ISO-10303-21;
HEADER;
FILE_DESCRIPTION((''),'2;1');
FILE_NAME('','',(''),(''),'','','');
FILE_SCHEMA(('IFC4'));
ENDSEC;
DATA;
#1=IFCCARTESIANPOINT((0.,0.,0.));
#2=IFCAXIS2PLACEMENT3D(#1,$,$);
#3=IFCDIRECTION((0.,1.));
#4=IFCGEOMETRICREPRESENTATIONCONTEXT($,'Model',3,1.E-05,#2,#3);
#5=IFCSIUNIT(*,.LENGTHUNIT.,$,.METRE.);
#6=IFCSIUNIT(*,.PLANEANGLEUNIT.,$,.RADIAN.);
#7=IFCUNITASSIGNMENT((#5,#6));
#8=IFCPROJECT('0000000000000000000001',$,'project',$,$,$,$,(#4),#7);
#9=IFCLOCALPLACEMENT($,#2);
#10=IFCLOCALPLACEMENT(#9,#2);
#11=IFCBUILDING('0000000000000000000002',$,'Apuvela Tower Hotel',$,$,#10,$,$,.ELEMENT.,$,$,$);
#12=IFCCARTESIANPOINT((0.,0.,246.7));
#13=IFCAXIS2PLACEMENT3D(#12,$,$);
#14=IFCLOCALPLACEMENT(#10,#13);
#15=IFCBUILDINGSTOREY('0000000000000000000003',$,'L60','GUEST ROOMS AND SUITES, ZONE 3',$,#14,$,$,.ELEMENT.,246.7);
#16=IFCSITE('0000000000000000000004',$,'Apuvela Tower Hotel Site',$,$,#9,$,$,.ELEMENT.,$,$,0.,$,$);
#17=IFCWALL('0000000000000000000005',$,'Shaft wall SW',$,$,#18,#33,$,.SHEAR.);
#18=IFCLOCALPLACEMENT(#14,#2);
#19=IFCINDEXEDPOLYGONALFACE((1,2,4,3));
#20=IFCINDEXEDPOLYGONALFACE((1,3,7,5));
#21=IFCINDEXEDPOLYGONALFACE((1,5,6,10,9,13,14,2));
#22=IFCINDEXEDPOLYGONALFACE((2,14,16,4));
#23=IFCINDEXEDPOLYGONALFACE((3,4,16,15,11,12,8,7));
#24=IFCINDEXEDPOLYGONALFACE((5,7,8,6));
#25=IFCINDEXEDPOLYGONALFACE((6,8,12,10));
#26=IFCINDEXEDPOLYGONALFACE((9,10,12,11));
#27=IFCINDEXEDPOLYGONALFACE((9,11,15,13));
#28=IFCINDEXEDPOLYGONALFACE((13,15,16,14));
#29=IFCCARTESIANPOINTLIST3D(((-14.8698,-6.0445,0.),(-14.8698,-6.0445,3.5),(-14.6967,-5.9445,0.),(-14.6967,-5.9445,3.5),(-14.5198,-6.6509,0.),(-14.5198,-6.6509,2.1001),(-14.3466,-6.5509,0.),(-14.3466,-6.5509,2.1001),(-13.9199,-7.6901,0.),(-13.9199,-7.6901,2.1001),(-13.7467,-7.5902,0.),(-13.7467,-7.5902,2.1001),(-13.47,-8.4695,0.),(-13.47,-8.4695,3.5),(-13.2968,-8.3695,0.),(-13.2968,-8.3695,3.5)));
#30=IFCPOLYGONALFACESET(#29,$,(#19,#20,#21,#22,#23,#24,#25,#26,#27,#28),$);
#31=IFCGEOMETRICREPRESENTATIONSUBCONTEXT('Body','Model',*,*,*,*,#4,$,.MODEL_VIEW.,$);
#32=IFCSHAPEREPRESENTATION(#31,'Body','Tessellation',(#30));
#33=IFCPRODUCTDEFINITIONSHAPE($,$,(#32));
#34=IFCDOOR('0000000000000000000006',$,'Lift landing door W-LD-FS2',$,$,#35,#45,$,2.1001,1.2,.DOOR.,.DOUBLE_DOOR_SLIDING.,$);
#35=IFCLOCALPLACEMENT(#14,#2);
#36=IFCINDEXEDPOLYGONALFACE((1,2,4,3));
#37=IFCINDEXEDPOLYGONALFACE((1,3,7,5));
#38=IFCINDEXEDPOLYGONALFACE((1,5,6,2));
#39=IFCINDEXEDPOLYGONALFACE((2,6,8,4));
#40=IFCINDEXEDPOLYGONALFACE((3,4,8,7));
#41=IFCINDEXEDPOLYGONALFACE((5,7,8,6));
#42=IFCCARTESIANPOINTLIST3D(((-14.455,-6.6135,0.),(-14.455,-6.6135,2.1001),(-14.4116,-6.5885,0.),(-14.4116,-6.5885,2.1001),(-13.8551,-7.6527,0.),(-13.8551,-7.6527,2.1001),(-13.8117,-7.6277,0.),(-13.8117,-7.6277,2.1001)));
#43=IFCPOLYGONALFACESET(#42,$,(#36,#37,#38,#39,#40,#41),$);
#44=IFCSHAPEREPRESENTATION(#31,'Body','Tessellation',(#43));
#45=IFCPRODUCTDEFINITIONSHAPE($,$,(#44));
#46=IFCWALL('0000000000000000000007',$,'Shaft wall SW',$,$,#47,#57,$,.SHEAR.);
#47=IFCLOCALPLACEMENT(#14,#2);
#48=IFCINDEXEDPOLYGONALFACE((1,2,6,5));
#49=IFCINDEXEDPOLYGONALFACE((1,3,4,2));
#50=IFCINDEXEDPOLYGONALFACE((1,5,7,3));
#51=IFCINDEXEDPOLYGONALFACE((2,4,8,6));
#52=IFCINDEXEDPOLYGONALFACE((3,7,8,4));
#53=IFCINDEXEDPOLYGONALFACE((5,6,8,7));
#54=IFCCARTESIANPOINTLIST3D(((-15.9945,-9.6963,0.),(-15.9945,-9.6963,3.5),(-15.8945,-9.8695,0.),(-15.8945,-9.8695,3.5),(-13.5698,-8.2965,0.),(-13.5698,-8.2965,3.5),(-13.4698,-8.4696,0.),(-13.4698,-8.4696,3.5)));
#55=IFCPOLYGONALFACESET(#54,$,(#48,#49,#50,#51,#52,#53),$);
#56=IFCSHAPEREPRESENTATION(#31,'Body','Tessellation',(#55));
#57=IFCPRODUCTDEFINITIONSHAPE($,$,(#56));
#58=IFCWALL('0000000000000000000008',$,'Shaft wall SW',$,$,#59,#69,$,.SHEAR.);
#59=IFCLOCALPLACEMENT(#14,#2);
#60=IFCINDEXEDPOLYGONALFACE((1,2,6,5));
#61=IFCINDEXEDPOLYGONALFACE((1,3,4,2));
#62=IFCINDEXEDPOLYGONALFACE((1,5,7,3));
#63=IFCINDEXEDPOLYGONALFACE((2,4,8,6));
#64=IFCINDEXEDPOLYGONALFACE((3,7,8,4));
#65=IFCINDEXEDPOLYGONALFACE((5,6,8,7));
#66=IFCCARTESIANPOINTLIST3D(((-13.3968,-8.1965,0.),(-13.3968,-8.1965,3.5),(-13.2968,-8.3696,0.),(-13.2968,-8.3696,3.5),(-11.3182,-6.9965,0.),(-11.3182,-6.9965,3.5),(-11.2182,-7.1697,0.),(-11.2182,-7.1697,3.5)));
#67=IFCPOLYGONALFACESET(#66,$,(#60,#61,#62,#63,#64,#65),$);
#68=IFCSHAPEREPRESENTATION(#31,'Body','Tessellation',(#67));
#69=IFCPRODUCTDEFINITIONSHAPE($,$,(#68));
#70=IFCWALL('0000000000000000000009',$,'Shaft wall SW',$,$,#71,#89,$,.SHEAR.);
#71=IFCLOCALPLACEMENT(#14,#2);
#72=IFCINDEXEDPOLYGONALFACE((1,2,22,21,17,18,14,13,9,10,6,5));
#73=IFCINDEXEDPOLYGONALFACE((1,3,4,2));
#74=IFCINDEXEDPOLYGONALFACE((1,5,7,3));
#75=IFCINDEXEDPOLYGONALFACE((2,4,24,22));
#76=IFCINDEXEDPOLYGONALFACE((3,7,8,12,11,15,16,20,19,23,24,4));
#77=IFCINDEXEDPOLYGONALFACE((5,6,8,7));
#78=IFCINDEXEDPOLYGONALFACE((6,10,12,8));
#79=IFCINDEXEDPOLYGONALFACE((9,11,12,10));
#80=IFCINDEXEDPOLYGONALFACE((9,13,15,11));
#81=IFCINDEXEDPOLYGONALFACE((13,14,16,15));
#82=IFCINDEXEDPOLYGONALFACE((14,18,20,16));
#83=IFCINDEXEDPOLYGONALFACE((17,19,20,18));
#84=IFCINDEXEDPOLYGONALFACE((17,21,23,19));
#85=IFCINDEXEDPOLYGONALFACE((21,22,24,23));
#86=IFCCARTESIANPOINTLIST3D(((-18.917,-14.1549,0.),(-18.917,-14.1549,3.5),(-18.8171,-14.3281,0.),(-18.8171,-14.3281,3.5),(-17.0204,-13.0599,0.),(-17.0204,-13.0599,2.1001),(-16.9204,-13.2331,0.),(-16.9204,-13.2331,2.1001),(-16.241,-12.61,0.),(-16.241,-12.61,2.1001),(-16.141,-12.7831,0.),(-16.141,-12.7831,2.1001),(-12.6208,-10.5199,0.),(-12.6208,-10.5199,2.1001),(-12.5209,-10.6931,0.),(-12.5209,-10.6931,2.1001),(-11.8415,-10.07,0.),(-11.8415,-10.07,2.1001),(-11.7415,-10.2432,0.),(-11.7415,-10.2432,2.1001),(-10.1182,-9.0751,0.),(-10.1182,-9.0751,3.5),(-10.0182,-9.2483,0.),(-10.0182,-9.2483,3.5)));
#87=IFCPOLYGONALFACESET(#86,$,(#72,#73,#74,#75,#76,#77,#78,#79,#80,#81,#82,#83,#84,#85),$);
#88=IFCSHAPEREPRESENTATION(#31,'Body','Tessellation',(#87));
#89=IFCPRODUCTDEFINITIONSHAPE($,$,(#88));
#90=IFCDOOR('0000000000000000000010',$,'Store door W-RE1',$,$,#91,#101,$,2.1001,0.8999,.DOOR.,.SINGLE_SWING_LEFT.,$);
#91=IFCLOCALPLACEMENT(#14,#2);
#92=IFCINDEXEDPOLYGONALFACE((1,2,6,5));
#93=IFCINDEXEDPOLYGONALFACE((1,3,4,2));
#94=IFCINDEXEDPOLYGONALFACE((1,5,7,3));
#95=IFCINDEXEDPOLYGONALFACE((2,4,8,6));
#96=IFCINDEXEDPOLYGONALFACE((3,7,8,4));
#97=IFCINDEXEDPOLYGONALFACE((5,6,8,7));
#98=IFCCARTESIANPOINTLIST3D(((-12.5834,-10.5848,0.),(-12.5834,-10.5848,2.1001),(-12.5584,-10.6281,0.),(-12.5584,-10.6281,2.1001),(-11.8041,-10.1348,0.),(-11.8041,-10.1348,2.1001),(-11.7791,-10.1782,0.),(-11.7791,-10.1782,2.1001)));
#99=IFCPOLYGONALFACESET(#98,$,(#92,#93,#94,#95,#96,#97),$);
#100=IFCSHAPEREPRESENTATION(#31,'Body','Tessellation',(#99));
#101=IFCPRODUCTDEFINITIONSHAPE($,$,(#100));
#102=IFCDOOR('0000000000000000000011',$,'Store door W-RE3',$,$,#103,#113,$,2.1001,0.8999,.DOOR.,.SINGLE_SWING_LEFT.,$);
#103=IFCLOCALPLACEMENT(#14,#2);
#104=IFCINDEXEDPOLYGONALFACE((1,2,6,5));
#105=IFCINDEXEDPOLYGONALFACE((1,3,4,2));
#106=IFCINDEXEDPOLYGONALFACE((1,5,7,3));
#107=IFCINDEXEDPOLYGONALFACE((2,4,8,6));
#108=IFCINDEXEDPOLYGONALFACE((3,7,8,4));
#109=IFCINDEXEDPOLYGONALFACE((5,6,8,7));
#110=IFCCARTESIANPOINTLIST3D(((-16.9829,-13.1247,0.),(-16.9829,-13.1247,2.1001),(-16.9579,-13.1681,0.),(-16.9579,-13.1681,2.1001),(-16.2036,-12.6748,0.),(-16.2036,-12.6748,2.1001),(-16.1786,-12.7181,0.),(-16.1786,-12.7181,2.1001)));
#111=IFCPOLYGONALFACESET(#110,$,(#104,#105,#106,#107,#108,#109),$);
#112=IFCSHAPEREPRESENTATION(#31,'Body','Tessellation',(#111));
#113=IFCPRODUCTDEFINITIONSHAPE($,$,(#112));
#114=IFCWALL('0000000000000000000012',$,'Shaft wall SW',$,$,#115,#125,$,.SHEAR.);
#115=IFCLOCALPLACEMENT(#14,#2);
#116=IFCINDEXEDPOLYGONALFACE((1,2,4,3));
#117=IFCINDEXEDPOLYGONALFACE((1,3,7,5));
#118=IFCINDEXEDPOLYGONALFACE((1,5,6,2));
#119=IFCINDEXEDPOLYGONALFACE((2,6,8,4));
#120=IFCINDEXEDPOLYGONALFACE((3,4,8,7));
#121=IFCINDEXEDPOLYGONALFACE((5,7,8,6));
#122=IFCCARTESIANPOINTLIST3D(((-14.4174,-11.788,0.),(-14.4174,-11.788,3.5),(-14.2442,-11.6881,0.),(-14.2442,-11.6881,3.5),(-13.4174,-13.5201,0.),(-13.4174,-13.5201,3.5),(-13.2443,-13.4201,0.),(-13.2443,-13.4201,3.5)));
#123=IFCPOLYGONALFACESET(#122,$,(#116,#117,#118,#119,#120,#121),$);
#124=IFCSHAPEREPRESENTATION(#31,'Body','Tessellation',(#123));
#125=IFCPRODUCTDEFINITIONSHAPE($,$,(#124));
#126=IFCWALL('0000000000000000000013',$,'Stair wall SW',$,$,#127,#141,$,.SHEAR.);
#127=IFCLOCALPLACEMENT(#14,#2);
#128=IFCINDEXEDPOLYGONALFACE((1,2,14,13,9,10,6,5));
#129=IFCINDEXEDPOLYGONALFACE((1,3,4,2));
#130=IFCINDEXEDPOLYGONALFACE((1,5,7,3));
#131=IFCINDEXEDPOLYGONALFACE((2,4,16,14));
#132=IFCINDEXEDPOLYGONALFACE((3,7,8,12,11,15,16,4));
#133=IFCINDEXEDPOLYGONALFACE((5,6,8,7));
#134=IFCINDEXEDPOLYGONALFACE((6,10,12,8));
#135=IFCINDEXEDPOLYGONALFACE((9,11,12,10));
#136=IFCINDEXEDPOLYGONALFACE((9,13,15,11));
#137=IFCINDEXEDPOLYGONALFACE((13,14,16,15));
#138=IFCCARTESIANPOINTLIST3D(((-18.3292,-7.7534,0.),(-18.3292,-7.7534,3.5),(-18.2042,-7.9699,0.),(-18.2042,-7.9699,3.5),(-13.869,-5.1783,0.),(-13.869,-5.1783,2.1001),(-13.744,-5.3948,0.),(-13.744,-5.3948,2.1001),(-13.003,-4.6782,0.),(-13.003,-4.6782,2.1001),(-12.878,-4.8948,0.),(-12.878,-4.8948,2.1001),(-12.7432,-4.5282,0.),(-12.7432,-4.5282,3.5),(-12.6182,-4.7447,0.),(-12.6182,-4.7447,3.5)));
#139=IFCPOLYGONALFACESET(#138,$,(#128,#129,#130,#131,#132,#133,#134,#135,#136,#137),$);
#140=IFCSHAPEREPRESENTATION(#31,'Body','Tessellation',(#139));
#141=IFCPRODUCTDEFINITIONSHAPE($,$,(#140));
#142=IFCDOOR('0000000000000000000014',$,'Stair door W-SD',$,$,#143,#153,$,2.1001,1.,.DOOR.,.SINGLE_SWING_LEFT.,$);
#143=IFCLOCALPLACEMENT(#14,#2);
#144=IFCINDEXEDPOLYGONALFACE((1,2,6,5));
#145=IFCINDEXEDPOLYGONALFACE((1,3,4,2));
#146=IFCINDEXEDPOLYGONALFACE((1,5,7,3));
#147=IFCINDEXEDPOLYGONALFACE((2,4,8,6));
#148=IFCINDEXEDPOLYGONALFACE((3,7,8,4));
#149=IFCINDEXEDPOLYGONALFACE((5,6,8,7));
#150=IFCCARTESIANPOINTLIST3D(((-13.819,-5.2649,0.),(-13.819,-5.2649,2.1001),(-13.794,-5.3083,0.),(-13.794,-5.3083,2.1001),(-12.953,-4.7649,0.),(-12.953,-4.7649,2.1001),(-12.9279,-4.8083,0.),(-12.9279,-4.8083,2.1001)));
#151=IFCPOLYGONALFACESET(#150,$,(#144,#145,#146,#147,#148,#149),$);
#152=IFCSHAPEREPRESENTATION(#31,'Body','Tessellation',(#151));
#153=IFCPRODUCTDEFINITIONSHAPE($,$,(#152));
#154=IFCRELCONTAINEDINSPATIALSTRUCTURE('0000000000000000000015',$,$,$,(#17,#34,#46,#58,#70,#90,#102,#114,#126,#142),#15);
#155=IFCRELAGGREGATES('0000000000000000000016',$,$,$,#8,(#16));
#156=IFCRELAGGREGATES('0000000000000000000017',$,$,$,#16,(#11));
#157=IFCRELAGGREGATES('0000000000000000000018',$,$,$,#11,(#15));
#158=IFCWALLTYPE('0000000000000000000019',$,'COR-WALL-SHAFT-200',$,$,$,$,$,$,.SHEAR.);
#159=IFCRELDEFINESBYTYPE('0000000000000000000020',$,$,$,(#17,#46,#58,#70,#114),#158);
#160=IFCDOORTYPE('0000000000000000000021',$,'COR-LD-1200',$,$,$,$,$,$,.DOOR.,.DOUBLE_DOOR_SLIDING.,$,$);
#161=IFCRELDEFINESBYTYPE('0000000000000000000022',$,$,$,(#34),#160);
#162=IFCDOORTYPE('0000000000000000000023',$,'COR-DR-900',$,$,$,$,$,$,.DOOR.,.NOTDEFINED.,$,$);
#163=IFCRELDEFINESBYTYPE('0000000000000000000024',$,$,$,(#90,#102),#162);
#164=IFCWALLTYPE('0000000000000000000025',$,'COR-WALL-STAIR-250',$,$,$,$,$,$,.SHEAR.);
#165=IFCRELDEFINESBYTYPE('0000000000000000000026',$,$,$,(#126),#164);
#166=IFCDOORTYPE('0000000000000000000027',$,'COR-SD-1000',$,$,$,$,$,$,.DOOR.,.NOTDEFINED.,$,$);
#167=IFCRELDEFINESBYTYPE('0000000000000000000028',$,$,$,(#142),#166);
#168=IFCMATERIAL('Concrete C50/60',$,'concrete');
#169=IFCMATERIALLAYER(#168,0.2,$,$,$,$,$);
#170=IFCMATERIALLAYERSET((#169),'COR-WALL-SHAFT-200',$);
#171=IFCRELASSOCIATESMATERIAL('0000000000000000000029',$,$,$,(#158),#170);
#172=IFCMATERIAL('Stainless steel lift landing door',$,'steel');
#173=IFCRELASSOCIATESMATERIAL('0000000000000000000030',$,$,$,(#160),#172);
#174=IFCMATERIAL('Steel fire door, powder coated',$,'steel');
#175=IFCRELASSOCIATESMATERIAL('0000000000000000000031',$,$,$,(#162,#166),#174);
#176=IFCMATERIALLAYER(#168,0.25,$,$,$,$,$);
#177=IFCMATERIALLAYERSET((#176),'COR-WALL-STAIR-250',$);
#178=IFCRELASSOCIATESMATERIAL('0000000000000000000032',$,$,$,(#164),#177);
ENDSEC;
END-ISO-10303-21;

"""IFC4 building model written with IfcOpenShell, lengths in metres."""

from ifc_helpers import new_model, si_unit, direction, frame, frame_2d, origin, place, context, subcontext, project, spatial, rectangle, extrude, material, layer, layer_set, type_object, element, fill, save


model = new_model("IFC4")

# Units and contexts
model_context = context("Model", 3, precision=1e-05, world=origin(), true_north=direction((0.0, 1.0)))
body_context = subcontext(model_context, "Body", "Model", "MODEL_VIEW")
ifc_project = project(units=[si_unit("LENGTHUNIT", "METRE"), si_unit("PLANEANGLEUNIT", "RADIAN")], contexts=[model_context])

# Site, building, storey
site_placement = place(None, origin())
site = spatial("IfcSite", under=ifc_project, at=site_placement, Name="Apuvela Tower Hotel Site", CompositionType="ELEMENT", RefElevation=0.0)
building_placement = place(site_placement, origin())
building = spatial("IfcBuilding", under=site, at=building_placement, Name="Apuvela Tower Hotel", CompositionType="ELEMENT")
storey_placement = place(building_placement, frame((0.0, 0.0, 246.7)))
storey = spatial("IfcBuildingStorey", under=building, at=storey_placement, Name="L60", Description="GUEST ROOMS AND SUITES, ZONE 3", CompositionType="ELEMENT", Elevation=246.7)

# Shared definitions
ifc_material_1 = material(Name="Concrete C50/60", Category="concrete")
ifc_material_2 = material(Name="Steel fire door, powder coated", Category="steel")

# Wall, opening, door
ifc_layer_1 = layer(ifc_material_1, 0.2)
ifc_layer_set_1 = layer_set([ifc_layer_1], Name="COR-WALL-SHAFT-200")
wall_type_1 = type_object("IfcWallType", Name="COR-WALL-SHAFT-200", PredefinedType="SHEAR", material=ifc_layer_set_1)
wall_1_placement = place(storey_placement, frame((-14.7832, -5.9946, 0.0), z_axis=(0.0, 0.0, 1.0), x_axis=(0.499946, -0.866056, 0.0)))
wall_1 = element("IfcWall", 1, at=wall_1_placement, inside=storey, type_object=wall_type_1, Name="Shaft wall SW", PredefinedType="SHEAR", context=body_context, shape_type="SweptSolid", body=[
    extrude(rectangle(XDim=2.8, YDim=0.2, at=frame_2d((1.3999, 0.0))), origin(), (0.0, 0.0, 1.0), 3.5),
])
opening_1_placement = place(wall_1_placement, frame((0.7, 0.0, 0.0)))
opening_1 = element("IfcOpeningElement", 2, at=opening_1_placement, cuts=wall_1, PredefinedType="OPENING", context=body_context, shape_type="SweptSolid", body=[
    extrude(rectangle(XDim=1.2, YDim=2.1001, at=frame_2d((0.6001, 1.05))), frame((0.0, 0.1099, 0.0), z_axis=(0.0, -1.0, 0.0), x_axis=(1.0, 0.0, 0.0)), (0.0, 0.0, 1.0), 0.22),
])
ifc_material_3 = material(Name="Stainless steel lift landing door", Category="steel")
door_type_1 = type_object("IfcDoorType", Name="COR-LD-1200", OperationType="DOUBLE_DOOR_SLIDING", PredefinedType="DOOR", material=ifc_material_3)
door_1_placement = place(opening_1_placement, origin())
door_1 = element("IfcDoor", 3, at=door_1_placement, inside=storey, type_object=door_type_1, Name="Lift landing door W-LD-FS2", OperationType="DOUBLE_DOOR_SLIDING", OverallHeight=2.1001, OverallWidth=1.2, PredefinedType="DOOR", context=body_context, shape_type="SweptSolid", body=[
    extrude(rectangle(XDim=1.2, YDim=2.1001, at=frame_2d((0.6001, 1.05))), frame((0.0, 0.0249, 0.0), z_axis=(0.0, -1.0, 0.0), x_axis=(1.0, 0.0, 0.0)), (0.0, 0.0, 1.0), 0.05),
])
fill(opening_1, door_1)

# Walls
wall_2_placement = place(storey_placement, frame((-13.5198, -8.3831, 0.0), z_axis=(0.0, 0.0, 1.0), x_axis=(-0.866035, -0.499984, 0.0)))
element("IfcWall", 4, at=wall_2_placement, inside=storey, type_object=wall_type_1, Name="Shaft wall SW", PredefinedType="SHEAR", context=body_context, shape_type="SweptSolid", body=[
    extrude(rectangle(XDim=2.7998, YDim=0.2, at=frame_2d((1.3999, 0.0))), origin(), (0.0, 0.0, 1.0), 3.5),
])
wall_3_placement = place(storey_placement, frame((-11.2681, -7.083, 0.0), z_axis=(0.0, 0.0, 1.0), x_axis=(-0.86605, -0.499957, 0.0)))
element("IfcWall", 5, at=wall_3_placement, inside=storey, type_object=wall_type_1, Name="Shaft wall SW", PredefinedType="SHEAR", context=body_context, shape_type="SweptSolid", body=[
    extrude(rectangle(XDim=2.4001, YDim=0.2, at=frame_2d((1.2002, 0.0))), origin(), (0.0, 0.0, 1.0), 3.5),
])

# Wall, openings, doors
wall_4_placement = place(storey_placement, frame((-10.0681, -9.1616, 0.0), z_axis=(0.0, 0.0, 1.0), x_axis=(-0.866033, -0.499987, 0.0)))
wall_4 = element("IfcWall", 6, at=wall_4_placement, inside=storey, type_object=wall_type_1, Name="Shaft wall SW", PredefinedType="SHEAR", context=body_context, shape_type="SweptSolid", body=[
    extrude(rectangle(XDim=10.1599, YDim=0.2, at=frame_2d((5.0801, 0.0))), origin(), (0.0, 0.0, 1.0), 3.5),
])
opening_2_placement = place(wall_4_placement, frame((1.99, 0.0, 0.0)))
opening_2 = element("IfcOpeningElement", 7, at=opening_2_placement, cuts=wall_4, PredefinedType="OPENING", context=body_context, shape_type="SweptSolid", body=[
    extrude(rectangle(XDim=0.8999, YDim=2.1001, at=frame_2d((0.45, 1.05))), frame((0.0, 0.1099, 0.0), z_axis=(0.0, -1.0, 0.0), x_axis=(1.0, 0.0, 0.0)), (0.0, 0.0, 1.0), 0.22),
])
opening_3_placement = place(wall_4_placement, frame((7.0701, 0.0, 0.0)))
opening_3 = element("IfcOpeningElement", 8, at=opening_3_placement, cuts=wall_4, PredefinedType="OPENING", context=body_context, shape_type="SweptSolid", body=[
    extrude(rectangle(XDim=0.8999, YDim=2.1001, at=frame_2d((0.45, 1.05))), frame((0.0, 0.1099, 0.0), z_axis=(0.0, -1.0, 0.0), x_axis=(1.0, 0.0, 0.0)), (0.0, 0.0, 1.0), 0.22),
])
door_type_2 = type_object("IfcDoorType", Name="COR-DR-900", OperationType="NOTDEFINED", PredefinedType="DOOR", material=ifc_material_2)
door_2_placement = place(opening_2_placement, origin())
door_2 = element("IfcDoor", 9, at=door_2_placement, inside=storey, type_object=door_type_2, Name="Store door W-RE1", OperationType="SINGLE_SWING_LEFT", OverallHeight=2.1001, OverallWidth=0.8999, PredefinedType="DOOR", context=body_context, shape_type="SweptSolid", body=[
    extrude(rectangle(XDim=0.8999, YDim=2.1001, at=frame_2d((0.45, 1.05))), frame((0.0, 0.0249, 0.0), z_axis=(0.0, -1.0, 0.0), x_axis=(1.0, 0.0, 0.0)), (0.0, 0.0, 1.0), 0.05),
])
fill(opening_2, door_2)
door_3_placement = place(opening_3_placement, origin())
door_3 = element("IfcDoor", 10, at=door_3_placement, inside=storey, type_object=door_type_2, Name="Store door W-RE3", OperationType="SINGLE_SWING_LEFT", OverallHeight=2.1001, OverallWidth=0.8999, PredefinedType="DOOR", context=body_context, shape_type="SweptSolid", body=[
    extrude(rectangle(XDim=0.8999, YDim=2.1001, at=frame_2d((0.45, 1.05))), frame((0.0, 0.0249, 0.0), z_axis=(0.0, -1.0, 0.0), x_axis=(1.0, 0.0, 0.0)), (0.0, 0.0, 1.0), 0.05),
])
fill(opening_3, door_3)

# Wall
wall_5_placement = place(storey_placement, frame((-14.3308, -11.738, 0.0), z_axis=(0.0, 0.0, 1.0), x_axis=(0.499973, -0.866041, 0.0)))
element("IfcWall", 11, at=wall_5_placement, inside=storey, type_object=wall_type_1, Name="Shaft wall SW", PredefinedType="SHEAR", context=body_context, shape_type="SweptSolid", body=[
    extrude(rectangle(XDim=2.0, YDim=0.2, at=frame_2d((1.0, 0.0))), origin(), (0.0, 0.0, 1.0), 3.5),
])

# Wall, opening, door
ifc_layer_2 = layer(ifc_material_1, 0.25)
ifc_layer_set_2 = layer_set([ifc_layer_2], Name="COR-WALL-STAIR-250")
wall_type_2 = type_object("IfcWallType", Name="COR-WALL-STAIR-250", PredefinedType="SHEAR", material=ifc_layer_set_2)
wall_6_placement = place(storey_placement, frame((-12.6807, -4.6365, 0.0), z_axis=(0.0, 0.0, 1.0), x_axis=(-0.866022, -0.500006, 0.0)))
wall_6 = element("IfcWall", 12, at=wall_6_placement, inside=storey, type_object=wall_type_2, Name="Stair wall SW", PredefinedType="SHEAR", context=body_context, shape_type="SweptSolid", body=[
    extrude(rectangle(XDim=6.4502, YDim=0.25, at=frame_2d((3.2251, 0.0))), origin(), (0.0, 0.0, 1.0), 3.5),
])
opening_4_placement = place(wall_6_placement, frame((0.3, 0.0, 0.0)))
opening_4 = element("IfcOpeningElement", 13, at=opening_4_placement, cuts=wall_6, PredefinedType="OPENING", context=body_context, shape_type="SweptSolid", body=[
    extrude(rectangle(XDim=1.0, YDim=2.1001, at=frame_2d((0.5, 1.05))), frame((0.0, 0.135, 0.0), z_axis=(0.0, -1.0, 0.0), x_axis=(1.0, 0.0, 0.0)), (0.0, 0.0, 1.0), 0.27),
])
door_type_3 = type_object("IfcDoorType", Name="COR-SD-1000", OperationType="NOTDEFINED", PredefinedType="DOOR", material=ifc_material_2)
door_4_placement = place(opening_4_placement, frame((1.0, 0.0, 0.0), z_axis=(0.0, 0.0, 1.0), x_axis=(-1.0, 0.0, 0.0)))
door_4 = element("IfcDoor", 14, at=door_4_placement, inside=storey, type_object=door_type_3, Name="Stair door W-SD", OperationType="SINGLE_SWING_LEFT", OverallHeight=2.1001, OverallWidth=1.0, PredefinedType="DOOR", context=body_context, shape_type="SweptSolid", body=[
    extrude(rectangle(XDim=1.0, YDim=2.1001, at=frame_2d((0.5, 1.05))), frame((0.0, 0.0249, 0.0), z_axis=(0.0, -1.0, 0.0), x_axis=(1.0, 0.0, 0.0)), (0.0, 0.0, 1.0), 0.05),
])
fill(opening_4, door_4)

save(model, "model.ifc")
